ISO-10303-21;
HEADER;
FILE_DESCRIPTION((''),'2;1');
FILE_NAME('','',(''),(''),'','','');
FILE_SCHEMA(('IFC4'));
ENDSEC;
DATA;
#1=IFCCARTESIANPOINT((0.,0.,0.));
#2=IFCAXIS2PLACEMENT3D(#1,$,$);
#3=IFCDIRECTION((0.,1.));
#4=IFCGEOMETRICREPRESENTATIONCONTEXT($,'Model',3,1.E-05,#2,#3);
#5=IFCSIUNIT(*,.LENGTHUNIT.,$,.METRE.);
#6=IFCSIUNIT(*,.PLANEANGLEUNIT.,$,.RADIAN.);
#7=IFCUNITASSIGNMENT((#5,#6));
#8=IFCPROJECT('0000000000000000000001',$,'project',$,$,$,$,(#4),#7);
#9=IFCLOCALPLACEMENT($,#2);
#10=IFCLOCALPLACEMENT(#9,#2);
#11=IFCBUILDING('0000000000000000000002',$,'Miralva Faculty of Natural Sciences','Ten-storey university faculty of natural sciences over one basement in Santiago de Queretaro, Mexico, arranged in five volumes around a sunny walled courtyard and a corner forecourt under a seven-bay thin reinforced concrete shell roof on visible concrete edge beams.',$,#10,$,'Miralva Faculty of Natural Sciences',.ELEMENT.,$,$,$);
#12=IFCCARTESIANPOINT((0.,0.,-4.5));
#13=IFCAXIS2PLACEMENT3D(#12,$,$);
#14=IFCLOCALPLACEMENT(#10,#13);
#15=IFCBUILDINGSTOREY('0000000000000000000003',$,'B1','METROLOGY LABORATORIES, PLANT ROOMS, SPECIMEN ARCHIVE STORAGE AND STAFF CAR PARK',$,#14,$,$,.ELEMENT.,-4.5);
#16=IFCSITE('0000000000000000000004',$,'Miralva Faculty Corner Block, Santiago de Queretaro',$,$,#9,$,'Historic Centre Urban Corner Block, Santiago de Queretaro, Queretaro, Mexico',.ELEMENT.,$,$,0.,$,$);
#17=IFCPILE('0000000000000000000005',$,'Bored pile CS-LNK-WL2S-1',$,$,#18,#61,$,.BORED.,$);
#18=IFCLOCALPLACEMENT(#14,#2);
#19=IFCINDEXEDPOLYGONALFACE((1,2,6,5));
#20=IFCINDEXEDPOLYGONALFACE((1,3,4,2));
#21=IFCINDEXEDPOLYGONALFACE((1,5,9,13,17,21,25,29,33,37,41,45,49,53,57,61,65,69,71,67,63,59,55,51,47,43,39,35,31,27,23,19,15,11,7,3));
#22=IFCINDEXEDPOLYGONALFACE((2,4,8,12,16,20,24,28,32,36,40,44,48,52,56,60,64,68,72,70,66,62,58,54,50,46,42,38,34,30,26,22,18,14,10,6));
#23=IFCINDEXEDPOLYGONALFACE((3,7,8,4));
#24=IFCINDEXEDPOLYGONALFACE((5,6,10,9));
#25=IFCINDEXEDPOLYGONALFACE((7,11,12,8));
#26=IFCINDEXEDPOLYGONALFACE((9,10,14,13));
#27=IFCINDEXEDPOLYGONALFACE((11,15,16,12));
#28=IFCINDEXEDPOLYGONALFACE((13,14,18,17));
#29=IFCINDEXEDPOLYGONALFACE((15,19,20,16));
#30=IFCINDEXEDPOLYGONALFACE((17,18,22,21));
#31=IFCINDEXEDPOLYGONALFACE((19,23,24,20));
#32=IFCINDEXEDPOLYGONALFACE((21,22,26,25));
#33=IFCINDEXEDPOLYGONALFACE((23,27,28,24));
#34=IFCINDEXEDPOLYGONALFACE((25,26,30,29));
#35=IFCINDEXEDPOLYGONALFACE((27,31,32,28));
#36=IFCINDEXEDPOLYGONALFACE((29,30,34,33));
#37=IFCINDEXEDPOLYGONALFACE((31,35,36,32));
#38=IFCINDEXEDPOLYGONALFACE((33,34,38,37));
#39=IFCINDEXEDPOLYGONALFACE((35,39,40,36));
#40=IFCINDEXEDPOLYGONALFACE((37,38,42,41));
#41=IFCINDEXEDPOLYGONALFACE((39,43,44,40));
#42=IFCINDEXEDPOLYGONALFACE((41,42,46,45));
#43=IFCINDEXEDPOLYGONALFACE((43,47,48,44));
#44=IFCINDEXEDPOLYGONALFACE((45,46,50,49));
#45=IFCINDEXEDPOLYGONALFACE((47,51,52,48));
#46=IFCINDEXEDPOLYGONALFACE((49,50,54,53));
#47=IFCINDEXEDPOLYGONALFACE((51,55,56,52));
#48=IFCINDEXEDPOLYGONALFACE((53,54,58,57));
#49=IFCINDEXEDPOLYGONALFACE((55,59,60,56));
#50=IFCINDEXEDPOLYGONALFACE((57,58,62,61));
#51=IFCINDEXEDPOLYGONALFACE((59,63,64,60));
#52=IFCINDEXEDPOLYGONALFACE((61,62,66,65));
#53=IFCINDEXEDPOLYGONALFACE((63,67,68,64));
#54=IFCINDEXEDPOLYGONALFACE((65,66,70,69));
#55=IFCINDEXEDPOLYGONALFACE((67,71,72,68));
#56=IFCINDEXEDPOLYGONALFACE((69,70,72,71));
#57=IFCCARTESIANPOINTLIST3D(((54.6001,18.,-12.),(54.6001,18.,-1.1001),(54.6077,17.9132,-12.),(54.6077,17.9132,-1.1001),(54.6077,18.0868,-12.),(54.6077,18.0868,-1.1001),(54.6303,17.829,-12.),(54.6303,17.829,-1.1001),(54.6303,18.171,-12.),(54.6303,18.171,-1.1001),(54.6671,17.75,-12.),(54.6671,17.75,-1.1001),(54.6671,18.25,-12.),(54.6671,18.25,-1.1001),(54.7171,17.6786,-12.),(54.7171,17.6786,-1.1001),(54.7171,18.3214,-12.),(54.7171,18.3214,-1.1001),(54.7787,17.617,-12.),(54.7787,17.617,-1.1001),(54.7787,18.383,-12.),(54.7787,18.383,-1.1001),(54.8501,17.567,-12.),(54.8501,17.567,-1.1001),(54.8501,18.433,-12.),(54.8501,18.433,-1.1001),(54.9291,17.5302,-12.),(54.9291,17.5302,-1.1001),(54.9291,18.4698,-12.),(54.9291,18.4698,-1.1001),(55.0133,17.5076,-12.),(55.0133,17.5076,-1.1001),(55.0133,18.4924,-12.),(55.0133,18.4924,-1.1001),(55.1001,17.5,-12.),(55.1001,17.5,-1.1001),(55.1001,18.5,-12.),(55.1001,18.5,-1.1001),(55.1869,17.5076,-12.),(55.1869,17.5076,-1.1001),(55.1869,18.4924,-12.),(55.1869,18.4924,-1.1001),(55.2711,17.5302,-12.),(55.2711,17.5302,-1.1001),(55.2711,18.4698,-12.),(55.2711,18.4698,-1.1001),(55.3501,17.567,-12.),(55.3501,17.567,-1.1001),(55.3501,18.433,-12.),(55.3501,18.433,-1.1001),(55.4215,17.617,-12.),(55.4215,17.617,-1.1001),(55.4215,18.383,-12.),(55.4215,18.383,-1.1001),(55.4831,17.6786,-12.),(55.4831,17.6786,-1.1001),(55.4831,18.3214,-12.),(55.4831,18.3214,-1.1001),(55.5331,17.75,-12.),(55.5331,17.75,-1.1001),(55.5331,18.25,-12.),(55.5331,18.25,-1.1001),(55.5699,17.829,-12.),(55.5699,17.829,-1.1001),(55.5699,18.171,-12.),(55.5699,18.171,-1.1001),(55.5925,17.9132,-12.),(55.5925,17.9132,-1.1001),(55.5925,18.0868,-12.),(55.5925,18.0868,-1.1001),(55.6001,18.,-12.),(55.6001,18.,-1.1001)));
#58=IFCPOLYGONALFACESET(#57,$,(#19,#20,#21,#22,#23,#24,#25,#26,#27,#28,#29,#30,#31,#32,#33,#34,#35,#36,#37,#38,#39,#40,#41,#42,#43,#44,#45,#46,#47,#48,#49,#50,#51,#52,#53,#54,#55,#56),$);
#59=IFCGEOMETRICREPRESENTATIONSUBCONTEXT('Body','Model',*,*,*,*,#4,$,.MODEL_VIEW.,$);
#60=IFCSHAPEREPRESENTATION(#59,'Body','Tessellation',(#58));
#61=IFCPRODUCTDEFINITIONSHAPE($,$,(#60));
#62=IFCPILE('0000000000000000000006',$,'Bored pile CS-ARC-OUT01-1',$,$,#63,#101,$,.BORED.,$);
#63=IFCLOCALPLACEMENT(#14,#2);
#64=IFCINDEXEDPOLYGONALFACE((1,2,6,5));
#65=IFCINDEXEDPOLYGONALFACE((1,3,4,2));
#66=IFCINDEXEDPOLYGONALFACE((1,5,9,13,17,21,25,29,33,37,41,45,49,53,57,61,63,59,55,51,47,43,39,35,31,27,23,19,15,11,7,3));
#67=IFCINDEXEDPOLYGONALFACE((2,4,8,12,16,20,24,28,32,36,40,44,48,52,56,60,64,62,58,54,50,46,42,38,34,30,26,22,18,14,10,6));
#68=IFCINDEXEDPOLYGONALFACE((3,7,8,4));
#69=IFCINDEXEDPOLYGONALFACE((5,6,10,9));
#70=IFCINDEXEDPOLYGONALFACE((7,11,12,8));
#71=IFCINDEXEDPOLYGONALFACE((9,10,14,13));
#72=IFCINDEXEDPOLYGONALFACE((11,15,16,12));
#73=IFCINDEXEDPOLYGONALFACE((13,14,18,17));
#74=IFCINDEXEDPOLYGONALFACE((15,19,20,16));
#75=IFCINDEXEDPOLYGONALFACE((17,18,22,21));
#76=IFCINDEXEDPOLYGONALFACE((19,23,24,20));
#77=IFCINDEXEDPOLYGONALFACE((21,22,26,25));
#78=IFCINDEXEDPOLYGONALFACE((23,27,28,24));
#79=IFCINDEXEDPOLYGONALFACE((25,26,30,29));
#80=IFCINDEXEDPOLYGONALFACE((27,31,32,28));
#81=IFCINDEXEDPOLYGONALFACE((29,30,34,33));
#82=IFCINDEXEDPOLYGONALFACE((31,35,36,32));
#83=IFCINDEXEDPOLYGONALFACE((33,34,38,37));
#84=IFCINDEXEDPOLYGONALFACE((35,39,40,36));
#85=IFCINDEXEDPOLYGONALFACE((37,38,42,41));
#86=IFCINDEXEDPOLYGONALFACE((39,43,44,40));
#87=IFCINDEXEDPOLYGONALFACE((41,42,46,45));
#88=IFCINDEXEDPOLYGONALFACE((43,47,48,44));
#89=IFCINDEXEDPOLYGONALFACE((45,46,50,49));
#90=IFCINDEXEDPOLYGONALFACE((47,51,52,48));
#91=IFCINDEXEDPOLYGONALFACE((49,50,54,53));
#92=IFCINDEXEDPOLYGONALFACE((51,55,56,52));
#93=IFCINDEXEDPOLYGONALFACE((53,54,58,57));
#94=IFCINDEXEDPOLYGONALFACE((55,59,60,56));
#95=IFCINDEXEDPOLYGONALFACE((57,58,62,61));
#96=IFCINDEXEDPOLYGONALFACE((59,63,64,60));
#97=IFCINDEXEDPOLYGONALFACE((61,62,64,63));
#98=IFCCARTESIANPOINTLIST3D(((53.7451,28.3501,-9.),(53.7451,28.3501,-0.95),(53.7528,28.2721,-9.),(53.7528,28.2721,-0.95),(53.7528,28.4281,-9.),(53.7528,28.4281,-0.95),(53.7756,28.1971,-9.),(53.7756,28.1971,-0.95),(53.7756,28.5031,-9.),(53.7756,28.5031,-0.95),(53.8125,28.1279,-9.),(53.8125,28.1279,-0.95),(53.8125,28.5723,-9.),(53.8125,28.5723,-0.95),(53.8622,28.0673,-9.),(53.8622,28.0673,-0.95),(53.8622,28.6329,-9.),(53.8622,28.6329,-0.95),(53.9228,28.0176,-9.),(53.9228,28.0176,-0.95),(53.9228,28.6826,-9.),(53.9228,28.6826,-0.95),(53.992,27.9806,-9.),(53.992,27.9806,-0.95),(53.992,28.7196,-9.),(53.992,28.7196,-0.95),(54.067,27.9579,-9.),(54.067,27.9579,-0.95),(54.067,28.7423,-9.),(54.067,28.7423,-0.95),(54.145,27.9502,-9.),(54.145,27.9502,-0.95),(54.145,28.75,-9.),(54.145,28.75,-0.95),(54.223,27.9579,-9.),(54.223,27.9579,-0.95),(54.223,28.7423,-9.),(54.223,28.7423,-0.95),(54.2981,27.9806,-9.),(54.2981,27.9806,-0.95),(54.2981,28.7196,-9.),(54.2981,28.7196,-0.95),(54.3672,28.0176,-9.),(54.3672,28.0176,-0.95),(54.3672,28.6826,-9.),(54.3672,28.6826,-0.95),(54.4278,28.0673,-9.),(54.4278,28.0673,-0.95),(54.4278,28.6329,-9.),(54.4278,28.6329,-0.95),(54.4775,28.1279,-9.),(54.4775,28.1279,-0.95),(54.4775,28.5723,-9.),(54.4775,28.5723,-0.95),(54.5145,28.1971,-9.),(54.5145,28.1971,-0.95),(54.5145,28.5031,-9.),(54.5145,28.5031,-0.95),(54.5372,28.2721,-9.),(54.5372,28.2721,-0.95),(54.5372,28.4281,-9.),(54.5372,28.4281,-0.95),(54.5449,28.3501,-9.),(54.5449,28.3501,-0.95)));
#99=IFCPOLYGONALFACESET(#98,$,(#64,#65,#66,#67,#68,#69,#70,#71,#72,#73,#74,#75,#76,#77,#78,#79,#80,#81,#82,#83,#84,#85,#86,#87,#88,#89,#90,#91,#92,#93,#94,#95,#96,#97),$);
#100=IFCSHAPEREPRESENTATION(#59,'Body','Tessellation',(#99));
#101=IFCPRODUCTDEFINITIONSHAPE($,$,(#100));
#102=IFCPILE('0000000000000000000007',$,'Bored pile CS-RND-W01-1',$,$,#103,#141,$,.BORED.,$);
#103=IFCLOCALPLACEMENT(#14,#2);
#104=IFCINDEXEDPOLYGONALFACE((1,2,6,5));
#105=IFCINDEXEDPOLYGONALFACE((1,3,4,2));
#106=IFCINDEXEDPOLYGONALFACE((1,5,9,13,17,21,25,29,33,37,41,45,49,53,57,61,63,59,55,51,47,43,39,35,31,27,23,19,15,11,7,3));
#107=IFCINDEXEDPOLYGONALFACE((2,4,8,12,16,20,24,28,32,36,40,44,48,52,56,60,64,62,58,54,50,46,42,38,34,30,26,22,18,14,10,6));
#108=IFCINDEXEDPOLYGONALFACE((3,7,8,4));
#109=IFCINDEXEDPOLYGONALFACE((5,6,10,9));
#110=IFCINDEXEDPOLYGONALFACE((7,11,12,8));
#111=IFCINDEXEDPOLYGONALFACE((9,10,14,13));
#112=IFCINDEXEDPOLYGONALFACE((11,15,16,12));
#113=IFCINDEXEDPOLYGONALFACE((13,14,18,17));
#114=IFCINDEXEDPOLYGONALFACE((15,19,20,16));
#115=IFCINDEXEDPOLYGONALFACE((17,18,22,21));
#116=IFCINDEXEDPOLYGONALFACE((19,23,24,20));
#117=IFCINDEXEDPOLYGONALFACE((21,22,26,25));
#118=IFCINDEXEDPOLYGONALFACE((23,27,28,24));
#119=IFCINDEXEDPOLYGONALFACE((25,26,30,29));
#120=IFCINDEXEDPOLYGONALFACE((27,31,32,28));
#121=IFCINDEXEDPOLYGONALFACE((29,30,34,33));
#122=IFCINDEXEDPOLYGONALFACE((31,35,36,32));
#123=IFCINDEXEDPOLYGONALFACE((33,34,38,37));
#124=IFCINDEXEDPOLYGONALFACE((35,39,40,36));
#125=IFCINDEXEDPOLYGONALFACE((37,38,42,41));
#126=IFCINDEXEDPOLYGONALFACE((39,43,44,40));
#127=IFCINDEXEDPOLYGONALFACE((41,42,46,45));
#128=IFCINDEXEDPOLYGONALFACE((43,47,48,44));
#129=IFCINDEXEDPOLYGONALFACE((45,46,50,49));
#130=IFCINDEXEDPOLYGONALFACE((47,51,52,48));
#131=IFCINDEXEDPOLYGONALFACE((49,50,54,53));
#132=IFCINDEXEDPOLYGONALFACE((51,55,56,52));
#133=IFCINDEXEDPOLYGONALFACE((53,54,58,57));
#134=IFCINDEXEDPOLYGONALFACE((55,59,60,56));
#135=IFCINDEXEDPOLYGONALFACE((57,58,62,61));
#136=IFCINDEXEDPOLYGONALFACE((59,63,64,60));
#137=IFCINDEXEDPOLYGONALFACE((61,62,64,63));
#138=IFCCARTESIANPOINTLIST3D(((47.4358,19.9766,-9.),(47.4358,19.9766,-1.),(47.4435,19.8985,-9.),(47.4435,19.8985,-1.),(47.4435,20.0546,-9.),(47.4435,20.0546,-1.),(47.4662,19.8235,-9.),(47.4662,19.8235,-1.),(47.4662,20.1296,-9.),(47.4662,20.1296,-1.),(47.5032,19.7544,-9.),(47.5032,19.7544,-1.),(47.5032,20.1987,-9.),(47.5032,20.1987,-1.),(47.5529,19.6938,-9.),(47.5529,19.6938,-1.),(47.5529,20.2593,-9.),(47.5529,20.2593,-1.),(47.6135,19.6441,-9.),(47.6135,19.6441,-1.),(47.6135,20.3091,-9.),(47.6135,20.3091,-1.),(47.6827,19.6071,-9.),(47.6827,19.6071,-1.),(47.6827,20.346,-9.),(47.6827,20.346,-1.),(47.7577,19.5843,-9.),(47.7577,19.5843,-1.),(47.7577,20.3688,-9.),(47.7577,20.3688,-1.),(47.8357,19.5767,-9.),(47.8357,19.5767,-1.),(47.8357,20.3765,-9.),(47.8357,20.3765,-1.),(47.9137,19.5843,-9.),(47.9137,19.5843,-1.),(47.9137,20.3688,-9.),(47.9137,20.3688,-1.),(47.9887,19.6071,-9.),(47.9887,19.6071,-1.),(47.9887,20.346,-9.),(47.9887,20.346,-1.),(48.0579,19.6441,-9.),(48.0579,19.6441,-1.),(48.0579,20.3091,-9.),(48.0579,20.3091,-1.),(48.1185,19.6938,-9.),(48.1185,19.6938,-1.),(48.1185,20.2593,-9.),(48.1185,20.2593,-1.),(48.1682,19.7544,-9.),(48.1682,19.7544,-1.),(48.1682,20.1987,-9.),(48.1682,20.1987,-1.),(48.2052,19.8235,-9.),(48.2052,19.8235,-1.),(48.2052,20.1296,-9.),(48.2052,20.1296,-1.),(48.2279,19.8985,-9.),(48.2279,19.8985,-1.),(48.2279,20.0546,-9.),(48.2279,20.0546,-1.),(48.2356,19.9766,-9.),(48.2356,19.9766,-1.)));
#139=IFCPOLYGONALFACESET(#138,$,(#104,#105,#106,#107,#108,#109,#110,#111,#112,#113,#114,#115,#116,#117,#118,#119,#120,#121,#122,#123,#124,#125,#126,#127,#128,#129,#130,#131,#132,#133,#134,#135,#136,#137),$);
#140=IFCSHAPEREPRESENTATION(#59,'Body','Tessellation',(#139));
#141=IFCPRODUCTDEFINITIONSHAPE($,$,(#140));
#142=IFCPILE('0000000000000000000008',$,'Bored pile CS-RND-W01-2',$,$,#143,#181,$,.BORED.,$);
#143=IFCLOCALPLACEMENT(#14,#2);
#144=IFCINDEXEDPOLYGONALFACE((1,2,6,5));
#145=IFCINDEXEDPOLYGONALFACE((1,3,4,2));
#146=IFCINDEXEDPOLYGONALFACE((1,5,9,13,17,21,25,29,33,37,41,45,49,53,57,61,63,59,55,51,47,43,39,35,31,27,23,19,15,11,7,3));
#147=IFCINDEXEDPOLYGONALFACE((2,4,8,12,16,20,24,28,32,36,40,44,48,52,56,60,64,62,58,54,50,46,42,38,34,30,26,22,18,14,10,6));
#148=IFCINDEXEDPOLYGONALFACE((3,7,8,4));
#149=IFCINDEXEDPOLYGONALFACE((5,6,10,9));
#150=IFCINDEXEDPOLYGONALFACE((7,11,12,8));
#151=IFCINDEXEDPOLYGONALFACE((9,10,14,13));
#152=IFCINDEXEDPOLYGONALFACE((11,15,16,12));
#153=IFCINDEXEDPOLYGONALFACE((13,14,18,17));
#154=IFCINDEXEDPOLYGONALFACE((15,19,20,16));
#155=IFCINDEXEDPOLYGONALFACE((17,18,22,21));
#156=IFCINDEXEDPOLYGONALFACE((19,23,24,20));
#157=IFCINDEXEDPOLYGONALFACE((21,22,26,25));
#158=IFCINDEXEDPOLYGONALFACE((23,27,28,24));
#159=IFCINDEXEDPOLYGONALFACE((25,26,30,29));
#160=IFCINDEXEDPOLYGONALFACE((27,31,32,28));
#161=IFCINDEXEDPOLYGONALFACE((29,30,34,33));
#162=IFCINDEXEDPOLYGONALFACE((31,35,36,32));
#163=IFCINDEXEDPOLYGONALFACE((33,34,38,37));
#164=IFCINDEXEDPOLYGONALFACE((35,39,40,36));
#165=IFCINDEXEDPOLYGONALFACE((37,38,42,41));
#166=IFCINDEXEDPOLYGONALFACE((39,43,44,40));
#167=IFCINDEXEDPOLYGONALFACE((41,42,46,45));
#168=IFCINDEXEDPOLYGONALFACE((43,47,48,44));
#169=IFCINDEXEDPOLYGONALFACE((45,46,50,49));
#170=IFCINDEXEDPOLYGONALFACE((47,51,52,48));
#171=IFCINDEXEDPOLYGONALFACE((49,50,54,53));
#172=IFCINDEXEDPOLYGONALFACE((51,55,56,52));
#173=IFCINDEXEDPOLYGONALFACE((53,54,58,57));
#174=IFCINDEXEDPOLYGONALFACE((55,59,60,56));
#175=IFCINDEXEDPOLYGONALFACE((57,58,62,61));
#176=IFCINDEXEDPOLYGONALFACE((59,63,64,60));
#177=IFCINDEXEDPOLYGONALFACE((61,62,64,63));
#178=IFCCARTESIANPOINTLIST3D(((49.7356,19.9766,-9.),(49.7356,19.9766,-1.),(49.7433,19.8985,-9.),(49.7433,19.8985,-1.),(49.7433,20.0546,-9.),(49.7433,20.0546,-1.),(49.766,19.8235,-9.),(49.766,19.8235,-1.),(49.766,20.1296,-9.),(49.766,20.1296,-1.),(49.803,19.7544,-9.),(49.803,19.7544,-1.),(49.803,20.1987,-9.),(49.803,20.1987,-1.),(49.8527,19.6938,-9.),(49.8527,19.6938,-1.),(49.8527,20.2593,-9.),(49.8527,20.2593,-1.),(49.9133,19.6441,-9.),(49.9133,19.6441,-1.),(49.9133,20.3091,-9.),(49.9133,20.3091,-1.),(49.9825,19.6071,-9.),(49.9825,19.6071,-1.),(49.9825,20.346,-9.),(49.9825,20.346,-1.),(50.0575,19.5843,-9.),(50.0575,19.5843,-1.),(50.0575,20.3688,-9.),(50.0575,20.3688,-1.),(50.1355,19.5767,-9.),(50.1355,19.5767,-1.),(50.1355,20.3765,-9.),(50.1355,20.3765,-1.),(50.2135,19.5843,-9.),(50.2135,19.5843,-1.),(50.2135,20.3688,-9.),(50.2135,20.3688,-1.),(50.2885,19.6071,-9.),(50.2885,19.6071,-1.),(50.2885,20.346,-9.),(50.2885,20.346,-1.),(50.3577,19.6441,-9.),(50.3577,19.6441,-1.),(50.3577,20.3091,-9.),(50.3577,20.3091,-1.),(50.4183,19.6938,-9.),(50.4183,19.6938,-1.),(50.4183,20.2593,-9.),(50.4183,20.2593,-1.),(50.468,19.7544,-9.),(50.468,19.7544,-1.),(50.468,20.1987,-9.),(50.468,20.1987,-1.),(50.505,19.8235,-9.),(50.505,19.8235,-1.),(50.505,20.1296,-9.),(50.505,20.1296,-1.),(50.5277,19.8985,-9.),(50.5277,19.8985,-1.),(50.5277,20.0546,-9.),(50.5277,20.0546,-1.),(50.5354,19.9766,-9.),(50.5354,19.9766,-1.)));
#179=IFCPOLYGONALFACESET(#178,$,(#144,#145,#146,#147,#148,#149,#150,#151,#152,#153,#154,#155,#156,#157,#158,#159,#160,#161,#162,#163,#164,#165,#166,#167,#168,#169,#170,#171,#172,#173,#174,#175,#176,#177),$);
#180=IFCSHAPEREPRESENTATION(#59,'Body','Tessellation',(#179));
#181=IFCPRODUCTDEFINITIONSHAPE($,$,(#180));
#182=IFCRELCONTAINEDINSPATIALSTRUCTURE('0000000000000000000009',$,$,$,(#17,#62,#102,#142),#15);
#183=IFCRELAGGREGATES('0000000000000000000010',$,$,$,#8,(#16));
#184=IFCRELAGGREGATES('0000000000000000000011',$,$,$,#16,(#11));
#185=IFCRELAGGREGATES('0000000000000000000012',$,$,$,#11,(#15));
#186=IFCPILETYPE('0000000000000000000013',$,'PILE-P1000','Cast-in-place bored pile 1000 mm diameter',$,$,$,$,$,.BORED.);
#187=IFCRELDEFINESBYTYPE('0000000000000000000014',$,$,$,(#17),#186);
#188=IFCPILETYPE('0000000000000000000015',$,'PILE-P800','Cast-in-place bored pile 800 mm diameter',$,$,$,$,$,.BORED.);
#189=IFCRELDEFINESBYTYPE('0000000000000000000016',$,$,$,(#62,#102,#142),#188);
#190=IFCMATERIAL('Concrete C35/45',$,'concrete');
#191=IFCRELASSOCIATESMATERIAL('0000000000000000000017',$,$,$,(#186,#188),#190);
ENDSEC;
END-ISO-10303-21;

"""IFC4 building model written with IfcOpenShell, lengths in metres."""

from ifc_helpers import new_model, si_unit, direction, frame, origin, origin_2d, place, context, subcontext, project, spatial, circle, extrude, material, material_profile, profile_set, type_object, element, save


model = new_model("IFC4")

# Units and contexts
model_context = context("Model", 3, precision=1e-05, world=origin(), true_north=direction((0.0, 1.0)))
body_context = subcontext(model_context, "Body", "Model", "MODEL_VIEW")
ifc_project = project(units=[si_unit("LENGTHUNIT", "METRE"), si_unit("PLANEANGLEUNIT", "RADIAN")], contexts=[model_context])

# Site, building, storey
site_placement = place(None, origin())
site = spatial("IfcSite", under=ifc_project, at=site_placement, Name="Miralva Faculty Corner Block, Santiago de Queretaro", LongName="Historic Centre Urban Corner Block, Santiago de Queretaro, Queretaro, Mexico", CompositionType="ELEMENT", RefElevation=0.0)
building_placement = place(site_placement, origin())
building = spatial("IfcBuilding", under=site, at=building_placement, Name="Miralva Faculty of Natural Sciences", Description="Ten-storey university faculty of natural sciences over one basement in Santiago de Queretaro, Mexico, arranged in five volumes around a sunny walled courtyard and a corner forecourt under a seven-bay thin reinforced concrete shell roof on visible concrete edge beams.", LongName="Miralva Faculty of Natural Sciences", CompositionType="ELEMENT")
storey_placement = place(building_placement, frame((0.0, 0.0, -4.5)))
storey = spatial("IfcBuildingStorey", under=building, at=storey_placement, Name="B1", Description="METROLOGY LABORATORIES, PLANT ROOMS, SPECIMEN ARCHIVE STORAGE AND STAFF CAR PARK", CompositionType="ELEMENT", Elevation=-4.5)

# Shared definitions
ifc_material_1 = material(Name="Concrete C35/45", Category="concrete")

# Piles
ifc_material_profile_1 = material_profile(ifc_material_1, circle(Radius=0.5, at=origin_2d()), Name="BORED PILE 1000")
ifc_profile_set_1 = profile_set([ifc_material_profile_1], Name="Concrete C35/45")
pile_type_1 = type_object("IfcPileType", Name="PILE-P1000", Description="Cast-in-place bored pile 1000 mm diameter", PredefinedType="BORED", material=ifc_profile_set_1)
for number, where, z_axis, x_axis, name in (
    (1, (55.1001, 18.0, -1.1001), (0.0, 0.0, -1.0), (1.0, 0.0, 0.0), "Bored pile CS-LNK-WL2S-1"),
):
    element("IfcPile", number, at=place(storey_placement, frame(where, z_axis=z_axis, x_axis=x_axis)), inside=storey, type_object=pile_type_1, Name=name, PredefinedType="BORED", context=body_context, shape_type="SweptSolid", body=[
        extrude(circle(Radius=0.5, at=origin_2d()), origin(), (0.0, 0.0, 1.0), 10.8999),
    ])
ifc_material_profile_2 = material_profile(ifc_material_1, circle(Radius=0.3999, at=origin_2d()), Name="BORED PILE 800")
ifc_profile_set_2 = profile_set([ifc_material_profile_2], Name="Concrete C35/45")
pile_type_2 = type_object("IfcPileType", Name="PILE-P800", Description="Cast-in-place bored pile 800 mm diameter", PredefinedType="BORED", material=ifc_profile_set_2)
pile_1_placement = place(storey_placement, frame((54.145, 28.3501, -0.95), z_axis=(0.0, 0.0, -1.0), x_axis=(1.0, 0.0, 0.0)))
element("IfcPile", 2, at=pile_1_placement, inside=storey, type_object=pile_type_2, Name="Bored pile CS-ARC-OUT01-1", PredefinedType="BORED", context=body_context, shape_type="SweptSolid", body=[
    extrude(circle(Radius=0.3999, at=origin_2d()), origin(), (0.0, 0.0, 1.0), 8.05),
])
for number, where, z_axis, x_axis, name in (
    (3, (47.8357, 19.9766, -1.0), (0.0, 0.0, -1.0), (1.0, 0.0, 0.0), "Bored pile CS-RND-W01-1"),
    (4, (50.1355, 19.9766, -1.0), (0.0, 0.0, -1.0), (1.0, 0.0, 0.0), "Bored pile CS-RND-W01-2"),
):
    element("IfcPile", number, at=place(storey_placement, frame(where, z_axis=z_axis, x_axis=x_axis)), inside=storey, type_object=pile_type_2, Name=name, PredefinedType="BORED", context=body_context, shape_type="SweptSolid", body=[
        extrude(circle(Radius=0.3999, at=origin_2d()), origin(), (0.0, 0.0, 1.0), 8.0),
    ])

save(model, "model.ifc")
